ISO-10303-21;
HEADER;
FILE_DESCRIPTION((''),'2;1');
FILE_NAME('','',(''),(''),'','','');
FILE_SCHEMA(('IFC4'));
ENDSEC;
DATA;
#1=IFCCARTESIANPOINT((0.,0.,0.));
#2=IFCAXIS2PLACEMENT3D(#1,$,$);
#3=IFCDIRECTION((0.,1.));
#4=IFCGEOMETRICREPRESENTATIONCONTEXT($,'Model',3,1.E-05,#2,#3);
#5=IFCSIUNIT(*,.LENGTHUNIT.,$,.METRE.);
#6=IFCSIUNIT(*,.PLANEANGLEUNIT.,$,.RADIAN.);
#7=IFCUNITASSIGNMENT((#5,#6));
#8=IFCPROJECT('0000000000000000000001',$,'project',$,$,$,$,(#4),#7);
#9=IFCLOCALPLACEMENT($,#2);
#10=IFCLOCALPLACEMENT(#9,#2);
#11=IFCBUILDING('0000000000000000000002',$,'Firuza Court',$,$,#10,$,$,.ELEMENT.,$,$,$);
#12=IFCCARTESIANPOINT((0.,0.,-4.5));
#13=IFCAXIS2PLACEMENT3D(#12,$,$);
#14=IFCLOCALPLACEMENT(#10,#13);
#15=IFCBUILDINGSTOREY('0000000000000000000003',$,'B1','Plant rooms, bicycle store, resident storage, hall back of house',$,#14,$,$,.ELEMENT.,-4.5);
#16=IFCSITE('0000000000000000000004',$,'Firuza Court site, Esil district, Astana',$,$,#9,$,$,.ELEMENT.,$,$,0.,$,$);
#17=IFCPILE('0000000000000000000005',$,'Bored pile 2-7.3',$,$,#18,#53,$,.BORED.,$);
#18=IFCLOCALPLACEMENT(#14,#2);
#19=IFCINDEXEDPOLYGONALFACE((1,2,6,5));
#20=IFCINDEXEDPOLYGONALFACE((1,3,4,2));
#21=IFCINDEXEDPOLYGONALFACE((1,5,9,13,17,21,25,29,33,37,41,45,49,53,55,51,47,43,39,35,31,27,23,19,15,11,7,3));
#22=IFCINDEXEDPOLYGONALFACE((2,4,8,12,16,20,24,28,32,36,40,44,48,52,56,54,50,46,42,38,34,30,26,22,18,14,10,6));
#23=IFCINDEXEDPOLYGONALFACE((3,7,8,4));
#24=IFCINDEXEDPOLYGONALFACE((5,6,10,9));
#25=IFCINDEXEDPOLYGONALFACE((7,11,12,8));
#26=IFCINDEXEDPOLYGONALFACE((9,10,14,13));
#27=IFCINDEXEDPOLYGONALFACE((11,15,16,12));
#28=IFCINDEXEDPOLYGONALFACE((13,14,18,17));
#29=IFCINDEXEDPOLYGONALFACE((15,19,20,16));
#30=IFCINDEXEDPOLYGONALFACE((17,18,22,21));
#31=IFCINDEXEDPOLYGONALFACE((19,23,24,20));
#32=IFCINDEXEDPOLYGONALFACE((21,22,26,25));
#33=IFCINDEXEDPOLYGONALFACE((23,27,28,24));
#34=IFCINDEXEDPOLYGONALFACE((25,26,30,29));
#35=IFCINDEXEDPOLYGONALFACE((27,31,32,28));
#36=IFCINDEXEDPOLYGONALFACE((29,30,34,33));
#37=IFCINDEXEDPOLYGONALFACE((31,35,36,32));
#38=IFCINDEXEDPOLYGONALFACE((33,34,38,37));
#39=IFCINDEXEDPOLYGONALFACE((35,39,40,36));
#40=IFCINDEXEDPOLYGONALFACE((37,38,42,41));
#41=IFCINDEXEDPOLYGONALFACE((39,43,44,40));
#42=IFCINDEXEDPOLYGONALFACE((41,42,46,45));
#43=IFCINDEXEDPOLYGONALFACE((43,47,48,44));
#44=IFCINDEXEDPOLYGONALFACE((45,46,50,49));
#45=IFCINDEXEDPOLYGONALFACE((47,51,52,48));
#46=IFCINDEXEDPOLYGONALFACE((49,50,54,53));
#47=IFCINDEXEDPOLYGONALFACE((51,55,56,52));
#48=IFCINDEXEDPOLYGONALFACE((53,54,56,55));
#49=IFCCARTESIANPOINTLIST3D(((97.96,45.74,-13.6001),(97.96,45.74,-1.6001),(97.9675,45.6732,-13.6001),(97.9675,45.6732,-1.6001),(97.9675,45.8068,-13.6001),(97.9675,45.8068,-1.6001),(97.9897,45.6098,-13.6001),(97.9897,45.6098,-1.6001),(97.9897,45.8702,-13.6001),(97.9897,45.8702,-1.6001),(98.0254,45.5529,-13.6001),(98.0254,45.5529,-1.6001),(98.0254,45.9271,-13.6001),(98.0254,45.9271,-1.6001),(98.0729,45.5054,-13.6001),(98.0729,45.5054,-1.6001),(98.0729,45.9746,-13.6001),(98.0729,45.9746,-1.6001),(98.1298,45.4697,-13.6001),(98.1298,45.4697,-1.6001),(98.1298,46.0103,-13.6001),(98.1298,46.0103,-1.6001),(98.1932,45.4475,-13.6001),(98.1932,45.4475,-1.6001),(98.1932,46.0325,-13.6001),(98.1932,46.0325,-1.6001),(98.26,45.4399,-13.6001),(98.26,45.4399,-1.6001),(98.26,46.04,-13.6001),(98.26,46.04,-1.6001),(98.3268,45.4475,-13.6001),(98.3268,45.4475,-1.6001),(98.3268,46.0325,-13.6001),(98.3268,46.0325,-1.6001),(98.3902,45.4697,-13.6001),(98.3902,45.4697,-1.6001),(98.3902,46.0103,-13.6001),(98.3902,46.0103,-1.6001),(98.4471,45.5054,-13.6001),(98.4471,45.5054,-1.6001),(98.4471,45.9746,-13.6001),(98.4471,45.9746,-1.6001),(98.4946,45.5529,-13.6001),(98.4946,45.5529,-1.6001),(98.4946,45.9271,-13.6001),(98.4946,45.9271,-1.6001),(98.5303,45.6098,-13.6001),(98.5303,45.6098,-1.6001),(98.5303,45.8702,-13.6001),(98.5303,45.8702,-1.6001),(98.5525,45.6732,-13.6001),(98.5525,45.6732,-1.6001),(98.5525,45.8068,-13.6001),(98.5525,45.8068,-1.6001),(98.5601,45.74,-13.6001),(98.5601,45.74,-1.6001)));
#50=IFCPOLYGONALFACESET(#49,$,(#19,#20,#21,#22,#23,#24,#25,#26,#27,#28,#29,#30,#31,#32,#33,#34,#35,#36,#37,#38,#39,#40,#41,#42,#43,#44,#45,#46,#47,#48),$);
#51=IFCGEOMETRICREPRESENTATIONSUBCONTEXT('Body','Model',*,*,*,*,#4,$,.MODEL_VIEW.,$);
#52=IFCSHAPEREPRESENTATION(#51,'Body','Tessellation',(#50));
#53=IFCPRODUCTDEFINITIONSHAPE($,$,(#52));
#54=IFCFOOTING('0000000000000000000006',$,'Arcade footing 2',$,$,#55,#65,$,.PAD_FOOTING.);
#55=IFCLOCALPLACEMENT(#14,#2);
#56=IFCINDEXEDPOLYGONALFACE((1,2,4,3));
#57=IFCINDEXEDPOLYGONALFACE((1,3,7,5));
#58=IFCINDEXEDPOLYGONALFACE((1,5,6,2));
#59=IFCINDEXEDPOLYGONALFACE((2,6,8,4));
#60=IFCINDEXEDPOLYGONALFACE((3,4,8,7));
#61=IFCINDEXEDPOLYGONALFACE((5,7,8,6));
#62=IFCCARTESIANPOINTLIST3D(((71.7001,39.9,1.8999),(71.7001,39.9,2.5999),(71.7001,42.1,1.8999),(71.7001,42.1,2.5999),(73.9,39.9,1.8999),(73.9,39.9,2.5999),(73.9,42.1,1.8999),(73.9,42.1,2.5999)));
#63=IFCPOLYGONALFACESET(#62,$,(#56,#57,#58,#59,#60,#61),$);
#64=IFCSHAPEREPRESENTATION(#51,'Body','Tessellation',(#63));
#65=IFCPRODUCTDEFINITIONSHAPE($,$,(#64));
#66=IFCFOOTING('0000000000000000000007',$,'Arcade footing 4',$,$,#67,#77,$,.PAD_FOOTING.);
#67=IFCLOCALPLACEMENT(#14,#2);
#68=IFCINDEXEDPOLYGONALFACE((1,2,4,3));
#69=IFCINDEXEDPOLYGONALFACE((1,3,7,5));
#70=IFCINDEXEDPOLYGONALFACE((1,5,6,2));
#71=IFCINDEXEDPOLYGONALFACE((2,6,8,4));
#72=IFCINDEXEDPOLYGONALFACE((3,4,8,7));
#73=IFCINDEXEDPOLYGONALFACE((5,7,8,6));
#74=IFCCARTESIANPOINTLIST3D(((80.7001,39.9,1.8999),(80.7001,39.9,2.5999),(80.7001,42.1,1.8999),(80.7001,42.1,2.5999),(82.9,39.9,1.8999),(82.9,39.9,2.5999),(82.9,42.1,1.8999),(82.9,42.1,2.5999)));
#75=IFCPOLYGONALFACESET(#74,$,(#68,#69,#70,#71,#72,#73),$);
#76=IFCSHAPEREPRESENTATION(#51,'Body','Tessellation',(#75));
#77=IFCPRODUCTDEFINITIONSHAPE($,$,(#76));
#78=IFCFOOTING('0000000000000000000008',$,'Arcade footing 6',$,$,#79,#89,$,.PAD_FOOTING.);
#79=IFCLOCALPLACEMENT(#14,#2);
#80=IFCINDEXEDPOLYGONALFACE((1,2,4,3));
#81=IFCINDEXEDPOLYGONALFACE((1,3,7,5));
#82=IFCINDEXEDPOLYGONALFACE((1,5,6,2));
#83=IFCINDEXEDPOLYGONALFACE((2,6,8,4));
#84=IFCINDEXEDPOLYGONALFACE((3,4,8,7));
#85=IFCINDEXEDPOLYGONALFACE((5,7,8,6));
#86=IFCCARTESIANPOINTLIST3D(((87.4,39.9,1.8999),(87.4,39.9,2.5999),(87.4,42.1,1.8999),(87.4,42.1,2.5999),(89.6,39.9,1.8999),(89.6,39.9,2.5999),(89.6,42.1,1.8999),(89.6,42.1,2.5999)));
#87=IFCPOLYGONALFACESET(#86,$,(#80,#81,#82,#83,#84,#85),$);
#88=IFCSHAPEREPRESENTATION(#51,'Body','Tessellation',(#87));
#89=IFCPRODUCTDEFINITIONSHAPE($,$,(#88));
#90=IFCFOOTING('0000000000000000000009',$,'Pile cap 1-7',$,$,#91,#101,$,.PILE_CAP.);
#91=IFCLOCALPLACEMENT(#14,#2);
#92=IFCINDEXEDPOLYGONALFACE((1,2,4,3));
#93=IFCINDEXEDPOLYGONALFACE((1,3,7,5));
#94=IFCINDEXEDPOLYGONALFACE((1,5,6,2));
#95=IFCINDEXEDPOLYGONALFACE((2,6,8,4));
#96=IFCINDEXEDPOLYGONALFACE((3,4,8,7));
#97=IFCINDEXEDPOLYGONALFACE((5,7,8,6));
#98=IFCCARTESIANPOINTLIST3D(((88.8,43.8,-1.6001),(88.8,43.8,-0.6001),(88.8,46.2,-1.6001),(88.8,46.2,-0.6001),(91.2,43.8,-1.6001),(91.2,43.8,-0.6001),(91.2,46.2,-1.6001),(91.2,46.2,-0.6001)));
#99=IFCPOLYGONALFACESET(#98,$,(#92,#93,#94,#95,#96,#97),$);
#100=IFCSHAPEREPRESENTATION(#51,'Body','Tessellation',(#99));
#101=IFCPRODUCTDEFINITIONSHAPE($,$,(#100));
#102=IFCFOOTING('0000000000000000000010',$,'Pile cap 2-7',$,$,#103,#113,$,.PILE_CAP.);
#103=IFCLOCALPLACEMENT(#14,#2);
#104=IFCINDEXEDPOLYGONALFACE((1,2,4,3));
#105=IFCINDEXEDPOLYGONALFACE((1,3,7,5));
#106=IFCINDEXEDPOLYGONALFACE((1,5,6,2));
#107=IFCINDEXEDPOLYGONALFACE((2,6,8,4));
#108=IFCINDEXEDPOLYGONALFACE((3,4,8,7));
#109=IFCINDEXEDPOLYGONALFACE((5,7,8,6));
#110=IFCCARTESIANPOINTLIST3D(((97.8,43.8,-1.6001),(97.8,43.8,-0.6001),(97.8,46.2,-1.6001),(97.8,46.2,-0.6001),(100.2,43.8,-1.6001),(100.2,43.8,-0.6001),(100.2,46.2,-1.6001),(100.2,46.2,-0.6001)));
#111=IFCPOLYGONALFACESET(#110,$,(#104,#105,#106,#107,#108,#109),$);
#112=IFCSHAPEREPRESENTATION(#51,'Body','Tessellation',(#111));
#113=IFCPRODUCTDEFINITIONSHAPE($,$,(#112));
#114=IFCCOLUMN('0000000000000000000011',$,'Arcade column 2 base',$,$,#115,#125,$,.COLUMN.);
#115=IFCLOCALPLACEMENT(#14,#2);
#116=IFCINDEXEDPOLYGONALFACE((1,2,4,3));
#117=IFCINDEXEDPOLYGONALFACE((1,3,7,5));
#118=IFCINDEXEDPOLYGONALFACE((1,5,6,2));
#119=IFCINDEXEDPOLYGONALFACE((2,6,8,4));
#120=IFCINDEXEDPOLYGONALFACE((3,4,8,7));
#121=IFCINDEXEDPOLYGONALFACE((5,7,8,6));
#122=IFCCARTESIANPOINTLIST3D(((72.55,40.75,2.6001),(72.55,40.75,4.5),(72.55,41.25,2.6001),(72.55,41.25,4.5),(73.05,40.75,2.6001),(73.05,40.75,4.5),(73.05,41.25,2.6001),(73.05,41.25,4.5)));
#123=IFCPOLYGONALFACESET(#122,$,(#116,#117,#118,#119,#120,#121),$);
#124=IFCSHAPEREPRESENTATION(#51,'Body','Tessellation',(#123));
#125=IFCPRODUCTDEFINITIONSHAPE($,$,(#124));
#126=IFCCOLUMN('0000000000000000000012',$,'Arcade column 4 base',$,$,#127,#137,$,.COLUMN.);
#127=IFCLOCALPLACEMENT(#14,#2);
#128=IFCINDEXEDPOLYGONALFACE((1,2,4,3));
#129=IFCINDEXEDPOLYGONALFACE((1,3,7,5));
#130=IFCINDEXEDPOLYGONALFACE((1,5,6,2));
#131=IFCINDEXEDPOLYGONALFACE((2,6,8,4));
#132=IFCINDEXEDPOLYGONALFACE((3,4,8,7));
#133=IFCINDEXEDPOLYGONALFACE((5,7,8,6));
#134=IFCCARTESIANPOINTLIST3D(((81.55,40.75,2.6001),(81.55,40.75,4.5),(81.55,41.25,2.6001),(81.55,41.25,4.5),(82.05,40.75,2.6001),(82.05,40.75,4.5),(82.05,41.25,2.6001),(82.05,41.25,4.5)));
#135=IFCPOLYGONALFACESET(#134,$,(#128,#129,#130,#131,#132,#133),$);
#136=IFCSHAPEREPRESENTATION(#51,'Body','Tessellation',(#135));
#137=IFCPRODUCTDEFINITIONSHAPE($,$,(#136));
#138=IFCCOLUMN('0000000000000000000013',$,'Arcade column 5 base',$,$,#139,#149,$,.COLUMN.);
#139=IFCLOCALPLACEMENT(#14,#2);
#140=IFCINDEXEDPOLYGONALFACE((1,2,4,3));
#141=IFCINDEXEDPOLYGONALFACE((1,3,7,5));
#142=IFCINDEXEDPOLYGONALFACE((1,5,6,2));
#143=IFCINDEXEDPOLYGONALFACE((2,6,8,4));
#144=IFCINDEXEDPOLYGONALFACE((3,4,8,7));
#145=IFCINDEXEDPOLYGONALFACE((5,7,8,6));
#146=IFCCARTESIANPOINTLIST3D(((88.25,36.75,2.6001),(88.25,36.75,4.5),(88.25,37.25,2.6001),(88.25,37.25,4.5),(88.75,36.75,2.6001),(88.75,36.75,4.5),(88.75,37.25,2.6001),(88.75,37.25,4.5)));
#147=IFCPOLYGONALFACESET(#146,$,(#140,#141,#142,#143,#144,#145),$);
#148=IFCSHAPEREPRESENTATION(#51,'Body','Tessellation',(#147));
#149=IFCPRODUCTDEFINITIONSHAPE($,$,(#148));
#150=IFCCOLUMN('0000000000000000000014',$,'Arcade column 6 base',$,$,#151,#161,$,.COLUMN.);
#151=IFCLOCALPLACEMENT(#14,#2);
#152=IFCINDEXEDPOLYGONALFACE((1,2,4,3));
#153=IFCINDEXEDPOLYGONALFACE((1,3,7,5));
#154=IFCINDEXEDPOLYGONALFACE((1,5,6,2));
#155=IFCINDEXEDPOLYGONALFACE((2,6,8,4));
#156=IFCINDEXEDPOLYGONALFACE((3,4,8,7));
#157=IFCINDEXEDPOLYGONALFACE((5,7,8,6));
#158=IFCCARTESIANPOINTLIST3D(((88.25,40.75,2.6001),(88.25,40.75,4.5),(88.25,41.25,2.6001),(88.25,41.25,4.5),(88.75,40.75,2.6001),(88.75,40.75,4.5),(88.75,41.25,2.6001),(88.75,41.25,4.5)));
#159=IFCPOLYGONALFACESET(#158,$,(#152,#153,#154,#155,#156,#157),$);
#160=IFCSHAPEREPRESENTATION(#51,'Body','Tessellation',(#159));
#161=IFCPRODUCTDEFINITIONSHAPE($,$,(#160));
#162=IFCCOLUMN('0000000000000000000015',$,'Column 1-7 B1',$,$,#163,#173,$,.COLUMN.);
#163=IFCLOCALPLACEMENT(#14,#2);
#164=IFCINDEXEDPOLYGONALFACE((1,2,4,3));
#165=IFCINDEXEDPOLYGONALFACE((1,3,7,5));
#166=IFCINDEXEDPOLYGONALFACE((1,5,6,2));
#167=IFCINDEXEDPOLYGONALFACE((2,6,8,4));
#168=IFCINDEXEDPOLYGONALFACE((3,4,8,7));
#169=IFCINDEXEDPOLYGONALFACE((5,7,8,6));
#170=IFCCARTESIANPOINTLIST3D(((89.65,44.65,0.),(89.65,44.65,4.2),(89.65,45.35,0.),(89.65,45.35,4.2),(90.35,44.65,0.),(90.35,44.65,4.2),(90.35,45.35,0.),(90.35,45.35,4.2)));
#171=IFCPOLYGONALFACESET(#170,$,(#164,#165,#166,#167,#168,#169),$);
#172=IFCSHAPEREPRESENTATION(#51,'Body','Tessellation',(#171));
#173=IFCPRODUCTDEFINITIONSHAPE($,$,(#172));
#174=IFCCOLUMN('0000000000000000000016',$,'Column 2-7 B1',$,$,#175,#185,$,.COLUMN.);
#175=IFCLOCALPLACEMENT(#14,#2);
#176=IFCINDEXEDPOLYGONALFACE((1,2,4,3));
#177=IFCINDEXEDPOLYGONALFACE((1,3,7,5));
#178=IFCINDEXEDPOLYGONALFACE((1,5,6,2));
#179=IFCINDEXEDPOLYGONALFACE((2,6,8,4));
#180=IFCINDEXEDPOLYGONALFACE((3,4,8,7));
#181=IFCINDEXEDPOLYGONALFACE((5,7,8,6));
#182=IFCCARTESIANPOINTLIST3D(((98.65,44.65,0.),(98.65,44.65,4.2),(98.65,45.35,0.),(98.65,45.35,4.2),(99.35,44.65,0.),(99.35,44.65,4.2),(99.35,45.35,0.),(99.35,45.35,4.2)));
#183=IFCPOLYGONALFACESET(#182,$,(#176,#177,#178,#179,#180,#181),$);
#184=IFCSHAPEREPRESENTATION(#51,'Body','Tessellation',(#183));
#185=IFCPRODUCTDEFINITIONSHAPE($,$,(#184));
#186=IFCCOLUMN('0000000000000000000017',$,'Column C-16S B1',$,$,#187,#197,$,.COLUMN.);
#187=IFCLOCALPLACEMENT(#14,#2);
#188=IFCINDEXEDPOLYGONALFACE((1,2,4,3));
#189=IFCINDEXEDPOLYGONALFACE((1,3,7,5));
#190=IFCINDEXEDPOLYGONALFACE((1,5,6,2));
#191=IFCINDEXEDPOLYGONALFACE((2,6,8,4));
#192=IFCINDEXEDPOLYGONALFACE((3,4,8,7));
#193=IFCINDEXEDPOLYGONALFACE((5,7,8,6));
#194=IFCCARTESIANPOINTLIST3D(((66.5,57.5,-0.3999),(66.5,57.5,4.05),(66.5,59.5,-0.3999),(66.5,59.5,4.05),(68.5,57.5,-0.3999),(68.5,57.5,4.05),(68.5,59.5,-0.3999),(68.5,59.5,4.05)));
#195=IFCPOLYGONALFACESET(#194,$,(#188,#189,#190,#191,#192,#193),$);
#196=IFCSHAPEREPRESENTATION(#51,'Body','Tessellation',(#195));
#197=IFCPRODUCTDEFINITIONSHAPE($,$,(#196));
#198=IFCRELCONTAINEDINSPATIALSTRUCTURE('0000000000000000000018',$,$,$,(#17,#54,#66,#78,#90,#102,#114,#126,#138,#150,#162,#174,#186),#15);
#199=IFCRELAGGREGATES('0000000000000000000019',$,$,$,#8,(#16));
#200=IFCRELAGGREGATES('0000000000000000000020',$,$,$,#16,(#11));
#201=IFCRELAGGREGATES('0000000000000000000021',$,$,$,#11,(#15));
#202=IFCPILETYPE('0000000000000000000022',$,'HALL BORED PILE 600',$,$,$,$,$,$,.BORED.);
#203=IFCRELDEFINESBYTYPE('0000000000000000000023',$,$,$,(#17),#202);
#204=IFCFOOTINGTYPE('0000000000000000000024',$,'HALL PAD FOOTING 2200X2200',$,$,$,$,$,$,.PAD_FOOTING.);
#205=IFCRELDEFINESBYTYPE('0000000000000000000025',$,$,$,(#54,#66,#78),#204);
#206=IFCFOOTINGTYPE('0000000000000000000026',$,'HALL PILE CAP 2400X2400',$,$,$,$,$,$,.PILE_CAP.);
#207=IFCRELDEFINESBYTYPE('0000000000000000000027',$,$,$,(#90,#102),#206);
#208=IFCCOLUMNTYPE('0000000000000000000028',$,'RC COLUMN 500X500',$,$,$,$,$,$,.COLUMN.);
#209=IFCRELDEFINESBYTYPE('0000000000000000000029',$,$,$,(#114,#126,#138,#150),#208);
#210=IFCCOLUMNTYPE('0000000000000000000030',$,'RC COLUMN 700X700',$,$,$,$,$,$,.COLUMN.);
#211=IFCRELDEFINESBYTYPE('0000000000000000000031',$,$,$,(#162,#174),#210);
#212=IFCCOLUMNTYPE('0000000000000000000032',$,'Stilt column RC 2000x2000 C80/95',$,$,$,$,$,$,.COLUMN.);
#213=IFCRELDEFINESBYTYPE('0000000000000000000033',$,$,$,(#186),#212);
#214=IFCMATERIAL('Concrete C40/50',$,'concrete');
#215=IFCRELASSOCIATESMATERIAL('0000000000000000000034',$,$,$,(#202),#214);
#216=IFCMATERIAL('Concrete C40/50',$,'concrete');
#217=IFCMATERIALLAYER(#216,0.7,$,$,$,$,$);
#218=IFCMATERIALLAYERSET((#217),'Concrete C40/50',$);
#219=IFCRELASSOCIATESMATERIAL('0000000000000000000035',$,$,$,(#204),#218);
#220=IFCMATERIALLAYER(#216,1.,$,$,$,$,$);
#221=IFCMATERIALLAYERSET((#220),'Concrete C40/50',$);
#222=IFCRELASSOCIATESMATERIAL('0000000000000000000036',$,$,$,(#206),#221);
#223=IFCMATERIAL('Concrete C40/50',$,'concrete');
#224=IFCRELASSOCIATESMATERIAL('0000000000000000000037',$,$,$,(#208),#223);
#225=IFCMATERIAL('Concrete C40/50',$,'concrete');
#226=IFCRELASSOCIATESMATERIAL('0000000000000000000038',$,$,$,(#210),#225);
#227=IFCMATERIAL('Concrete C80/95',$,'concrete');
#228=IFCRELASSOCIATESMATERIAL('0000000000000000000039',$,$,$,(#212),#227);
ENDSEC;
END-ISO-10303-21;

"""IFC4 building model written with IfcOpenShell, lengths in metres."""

from ifc_helpers import new_model, si_unit, direction, frame, origin, origin_2d, place, context, subcontext, project, spatial, rectangle, circle, extrude, material, layer, layer_set, material_profile, profile_set, type_object, element, save


model = new_model("IFC4")

# Units and contexts
model_context = context("Model", 3, precision=1e-05, world=origin(), true_north=direction((0.0, 1.0)))
body_context = subcontext(model_context, "Body", "Model", "MODEL_VIEW")
ifc_project = project(units=[si_unit("LENGTHUNIT", "METRE"), si_unit("PLANEANGLEUNIT", "RADIAN")], contexts=[model_context])

# Site, building, storey
site_placement = place(None, origin())
site = spatial("IfcSite", under=ifc_project, at=site_placement, Name="Firuza Court site, Esil district, Astana", CompositionType="ELEMENT", RefElevation=0.0)
building_placement = place(site_placement, origin())
building = spatial("IfcBuilding", under=site, at=building_placement, Name="Firuza Court", CompositionType="ELEMENT")
storey_placement = place(building_placement, frame((0.0, 0.0, -4.5)))
storey = spatial("IfcBuildingStorey", under=building, at=storey_placement, Name="B1", Description="Plant rooms, bicycle store, resident storage, hall back of house", CompositionType="ELEMENT", Elevation=-4.5)

# Pile
ifc_material_1 = material(Name="Concrete C40/50", Category="concrete")
ifc_material_profile_1 = material_profile(ifc_material_1, circle(Radius=0.3, at=origin_2d()), Name="PILE 600")
ifc_profile_set_1 = profile_set([ifc_material_profile_1], Name="Concrete C40/50")
pile_type = type_object("IfcPileType", Name="HALL BORED PILE 600", PredefinedType="BORED", material=ifc_profile_set_1)
for number, where, z_axis, x_axis, name in (
    (1, (98.26, 45.74, -1.6001), (0.0, 0.0, -1.0), (1.0, 0.0, 0.0), "Bored pile 2-7.3"),
):
    element("IfcPile", number, at=place(storey_placement, frame(where, z_axis=z_axis, x_axis=x_axis)), inside=storey, type_object=pile_type, Name=name, PredefinedType="BORED", context=body_context, shape_type="SweptSolid", body=[
        extrude(circle(Radius=0.3, at=origin_2d()), origin(), (0.0, 0.0, 1.0), 12.0),
    ])

# Footings
ifc_material_2 = material(Name="Concrete C40/50", Category="concrete")
ifc_layer_1 = layer(ifc_material_2, 0.7)
ifc_layer_set_1 = layer_set([ifc_layer_1], Name="Concrete C40/50")
footing_type_1 = type_object("IfcFootingType", Name="HALL PAD FOOTING 2200X2200", PredefinedType="PAD_FOOTING", material=ifc_layer_set_1)
for number, where, z_axis, x_axis, name in (
    (2, (72.8, 41.0, 1.8999), (0.0, 0.0, 1.0), (1.0, 0.0, 0.0), "Arcade footing 2"),
    (3, (81.8, 41.0, 1.8999), (0.0, 0.0, 1.0), (1.0, 0.0, 0.0), "Arcade footing 4"),
    (4, (88.5, 41.0, 1.8999), (0.0, 0.0, 1.0), (1.0, 0.0, 0.0), "Arcade footing 6"),
):
    element("IfcFooting", number, at=place(storey_placement, frame(where, z_axis=z_axis, x_axis=x_axis)), inside=storey, type_object=footing_type_1, Name=name, PredefinedType="PAD_FOOTING", context=body_context, shape_type="SweptSolid", body=[
        extrude(rectangle(XDim=2.2, YDim=2.2, at=origin_2d()), origin(), (0.0, 0.0, 1.0), 0.7),
    ])
ifc_layer_2 = layer(ifc_material_2, 1.0)
ifc_layer_set_2 = layer_set([ifc_layer_2], Name="Concrete C40/50")
footing_type_2 = type_object("IfcFootingType", Name="HALL PILE CAP 2400X2400", PredefinedType="PILE_CAP", material=ifc_layer_set_2)
for number, where, z_axis, x_axis, name in (
    (5, (90.0, 45.0, -1.6001), (0.0, 0.0, 1.0), (1.0, 0.0, 0.0), "Pile cap 1-7"),
    (6, (99.0, 45.0, -1.6001), (0.0, 0.0, 1.0), (1.0, 0.0, 0.0), "Pile cap 2-7"),
):
    element("IfcFooting", number, at=place(storey_placement, frame(where, z_axis=z_axis, x_axis=x_axis)), inside=storey, type_object=footing_type_2, Name=name, PredefinedType="PILE_CAP", context=body_context, shape_type="SweptSolid", body=[
        extrude(rectangle(XDim=2.3999, YDim=2.3999, at=origin_2d()), origin(), (0.0, 0.0, 1.0), 1.0),
    ])

# Columns
ifc_material_3 = material(Name="Concrete C40/50", Category="concrete")
ifc_material_profile_2 = material_profile(ifc_material_3, rectangle(XDim=0.5, YDim=0.5, at=origin_2d()), Name="RC 500X500")
ifc_profile_set_2 = profile_set([ifc_material_profile_2], Name="Concrete C40/50")
column_type_1 = type_object("IfcColumnType", Name="RC COLUMN 500X500", PredefinedType="COLUMN", material=ifc_profile_set_2)
for number, where, z_axis, x_axis, name in (
    (7, (72.8, 41.0, 2.6001), (0.0, 0.0, 1.0), (1.0, 0.0, 0.0), "Arcade column 2 base"),
    (8, (81.8, 41.0, 2.6001), (0.0, 0.0, 1.0), (1.0, 0.0, 0.0), "Arcade column 4 base"),
    (9, (88.5, 37.0, 2.6001), (0.0, 0.0, 1.0), (1.0, 0.0, 0.0), "Arcade column 5 base"),
    (10, (88.5, 41.0, 2.6001), (0.0, 0.0, 1.0), (1.0, 0.0, 0.0), "Arcade column 6 base"),
):
    element("IfcColumn", number, at=place(storey_placement, frame(where, z_axis=z_axis, x_axis=x_axis)), inside=storey, type_object=column_type_1, Name=name, PredefinedType="COLUMN", context=body_context, shape_type="SweptSolid", body=[
        extrude(rectangle(XDim=0.5, YDim=0.5, at=origin_2d()), origin(), (0.0, 0.0, 1.0), 1.8999),
    ])
ifc_material_4 = material(Name="Concrete C40/50", Category="concrete")
ifc_material_profile_3 = material_profile(ifc_material_4, rectangle(XDim=0.7, YDim=0.7, at=origin_2d()), Name="RC 700X700")
ifc_profile_set_3 = profile_set([ifc_material_profile_3], Name="Concrete C40/50")
column_type_2 = type_object("IfcColumnType", Name="RC COLUMN 700X700", PredefinedType="COLUMN", material=ifc_profile_set_3)
for number, where, z_axis, x_axis, name in (
    (11, (90.0, 45.0, 0.0), (0.0, 0.0, 1.0), (1.0, 0.0, 0.0), "Column 1-7 B1"),
    (12, (99.0, 45.0, 0.0), (0.0, 0.0, 1.0), (1.0, 0.0, 0.0), "Column 2-7 B1"),
):
    element("IfcColumn", number, at=place(storey_placement, frame(where, z_axis=z_axis, x_axis=x_axis)), inside=storey, type_object=column_type_2, Name=name, PredefinedType="COLUMN", context=body_context, shape_type="SweptSolid", body=[
        extrude(rectangle(XDim=0.7, YDim=0.7, at=origin_2d()), origin(), (0.0, 0.0, 1.0), 4.2),
    ])
ifc_material_5 = material(Name="Concrete C80/95", Category="concrete")
ifc_material_profile_4 = material_profile(ifc_material_5, rectangle(XDim=2.0, YDim=2.0, at=origin_2d()), Name="RC 2000x2000")
ifc_profile_set_4 = profile_set([ifc_material_profile_4], Name="Concrete C80/95")
column_type_3 = type_object("IfcColumnType", Name="Stilt column RC 2000x2000 C80/95", PredefinedType="COLUMN", material=ifc_profile_set_4)
column_placement = place(storey_placement, frame((67.5, 58.5, -0.3999), z_axis=(0.0, 0.0, 1.0), x_axis=(1.0, 0.0, 0.0)))
element("IfcColumn", 13, at=column_placement, inside=storey, type_object=column_type_3, Name="Column C-16S B1", PredefinedType="COLUMN", context=body_context, shape_type="SweptSolid", body=[
    extrude(rectangle(XDim=2.0, YDim=2.0, at=origin_2d()), origin(), (0.0, 0.0, 1.0), 4.45),
])

save(model, "model.ifc")
